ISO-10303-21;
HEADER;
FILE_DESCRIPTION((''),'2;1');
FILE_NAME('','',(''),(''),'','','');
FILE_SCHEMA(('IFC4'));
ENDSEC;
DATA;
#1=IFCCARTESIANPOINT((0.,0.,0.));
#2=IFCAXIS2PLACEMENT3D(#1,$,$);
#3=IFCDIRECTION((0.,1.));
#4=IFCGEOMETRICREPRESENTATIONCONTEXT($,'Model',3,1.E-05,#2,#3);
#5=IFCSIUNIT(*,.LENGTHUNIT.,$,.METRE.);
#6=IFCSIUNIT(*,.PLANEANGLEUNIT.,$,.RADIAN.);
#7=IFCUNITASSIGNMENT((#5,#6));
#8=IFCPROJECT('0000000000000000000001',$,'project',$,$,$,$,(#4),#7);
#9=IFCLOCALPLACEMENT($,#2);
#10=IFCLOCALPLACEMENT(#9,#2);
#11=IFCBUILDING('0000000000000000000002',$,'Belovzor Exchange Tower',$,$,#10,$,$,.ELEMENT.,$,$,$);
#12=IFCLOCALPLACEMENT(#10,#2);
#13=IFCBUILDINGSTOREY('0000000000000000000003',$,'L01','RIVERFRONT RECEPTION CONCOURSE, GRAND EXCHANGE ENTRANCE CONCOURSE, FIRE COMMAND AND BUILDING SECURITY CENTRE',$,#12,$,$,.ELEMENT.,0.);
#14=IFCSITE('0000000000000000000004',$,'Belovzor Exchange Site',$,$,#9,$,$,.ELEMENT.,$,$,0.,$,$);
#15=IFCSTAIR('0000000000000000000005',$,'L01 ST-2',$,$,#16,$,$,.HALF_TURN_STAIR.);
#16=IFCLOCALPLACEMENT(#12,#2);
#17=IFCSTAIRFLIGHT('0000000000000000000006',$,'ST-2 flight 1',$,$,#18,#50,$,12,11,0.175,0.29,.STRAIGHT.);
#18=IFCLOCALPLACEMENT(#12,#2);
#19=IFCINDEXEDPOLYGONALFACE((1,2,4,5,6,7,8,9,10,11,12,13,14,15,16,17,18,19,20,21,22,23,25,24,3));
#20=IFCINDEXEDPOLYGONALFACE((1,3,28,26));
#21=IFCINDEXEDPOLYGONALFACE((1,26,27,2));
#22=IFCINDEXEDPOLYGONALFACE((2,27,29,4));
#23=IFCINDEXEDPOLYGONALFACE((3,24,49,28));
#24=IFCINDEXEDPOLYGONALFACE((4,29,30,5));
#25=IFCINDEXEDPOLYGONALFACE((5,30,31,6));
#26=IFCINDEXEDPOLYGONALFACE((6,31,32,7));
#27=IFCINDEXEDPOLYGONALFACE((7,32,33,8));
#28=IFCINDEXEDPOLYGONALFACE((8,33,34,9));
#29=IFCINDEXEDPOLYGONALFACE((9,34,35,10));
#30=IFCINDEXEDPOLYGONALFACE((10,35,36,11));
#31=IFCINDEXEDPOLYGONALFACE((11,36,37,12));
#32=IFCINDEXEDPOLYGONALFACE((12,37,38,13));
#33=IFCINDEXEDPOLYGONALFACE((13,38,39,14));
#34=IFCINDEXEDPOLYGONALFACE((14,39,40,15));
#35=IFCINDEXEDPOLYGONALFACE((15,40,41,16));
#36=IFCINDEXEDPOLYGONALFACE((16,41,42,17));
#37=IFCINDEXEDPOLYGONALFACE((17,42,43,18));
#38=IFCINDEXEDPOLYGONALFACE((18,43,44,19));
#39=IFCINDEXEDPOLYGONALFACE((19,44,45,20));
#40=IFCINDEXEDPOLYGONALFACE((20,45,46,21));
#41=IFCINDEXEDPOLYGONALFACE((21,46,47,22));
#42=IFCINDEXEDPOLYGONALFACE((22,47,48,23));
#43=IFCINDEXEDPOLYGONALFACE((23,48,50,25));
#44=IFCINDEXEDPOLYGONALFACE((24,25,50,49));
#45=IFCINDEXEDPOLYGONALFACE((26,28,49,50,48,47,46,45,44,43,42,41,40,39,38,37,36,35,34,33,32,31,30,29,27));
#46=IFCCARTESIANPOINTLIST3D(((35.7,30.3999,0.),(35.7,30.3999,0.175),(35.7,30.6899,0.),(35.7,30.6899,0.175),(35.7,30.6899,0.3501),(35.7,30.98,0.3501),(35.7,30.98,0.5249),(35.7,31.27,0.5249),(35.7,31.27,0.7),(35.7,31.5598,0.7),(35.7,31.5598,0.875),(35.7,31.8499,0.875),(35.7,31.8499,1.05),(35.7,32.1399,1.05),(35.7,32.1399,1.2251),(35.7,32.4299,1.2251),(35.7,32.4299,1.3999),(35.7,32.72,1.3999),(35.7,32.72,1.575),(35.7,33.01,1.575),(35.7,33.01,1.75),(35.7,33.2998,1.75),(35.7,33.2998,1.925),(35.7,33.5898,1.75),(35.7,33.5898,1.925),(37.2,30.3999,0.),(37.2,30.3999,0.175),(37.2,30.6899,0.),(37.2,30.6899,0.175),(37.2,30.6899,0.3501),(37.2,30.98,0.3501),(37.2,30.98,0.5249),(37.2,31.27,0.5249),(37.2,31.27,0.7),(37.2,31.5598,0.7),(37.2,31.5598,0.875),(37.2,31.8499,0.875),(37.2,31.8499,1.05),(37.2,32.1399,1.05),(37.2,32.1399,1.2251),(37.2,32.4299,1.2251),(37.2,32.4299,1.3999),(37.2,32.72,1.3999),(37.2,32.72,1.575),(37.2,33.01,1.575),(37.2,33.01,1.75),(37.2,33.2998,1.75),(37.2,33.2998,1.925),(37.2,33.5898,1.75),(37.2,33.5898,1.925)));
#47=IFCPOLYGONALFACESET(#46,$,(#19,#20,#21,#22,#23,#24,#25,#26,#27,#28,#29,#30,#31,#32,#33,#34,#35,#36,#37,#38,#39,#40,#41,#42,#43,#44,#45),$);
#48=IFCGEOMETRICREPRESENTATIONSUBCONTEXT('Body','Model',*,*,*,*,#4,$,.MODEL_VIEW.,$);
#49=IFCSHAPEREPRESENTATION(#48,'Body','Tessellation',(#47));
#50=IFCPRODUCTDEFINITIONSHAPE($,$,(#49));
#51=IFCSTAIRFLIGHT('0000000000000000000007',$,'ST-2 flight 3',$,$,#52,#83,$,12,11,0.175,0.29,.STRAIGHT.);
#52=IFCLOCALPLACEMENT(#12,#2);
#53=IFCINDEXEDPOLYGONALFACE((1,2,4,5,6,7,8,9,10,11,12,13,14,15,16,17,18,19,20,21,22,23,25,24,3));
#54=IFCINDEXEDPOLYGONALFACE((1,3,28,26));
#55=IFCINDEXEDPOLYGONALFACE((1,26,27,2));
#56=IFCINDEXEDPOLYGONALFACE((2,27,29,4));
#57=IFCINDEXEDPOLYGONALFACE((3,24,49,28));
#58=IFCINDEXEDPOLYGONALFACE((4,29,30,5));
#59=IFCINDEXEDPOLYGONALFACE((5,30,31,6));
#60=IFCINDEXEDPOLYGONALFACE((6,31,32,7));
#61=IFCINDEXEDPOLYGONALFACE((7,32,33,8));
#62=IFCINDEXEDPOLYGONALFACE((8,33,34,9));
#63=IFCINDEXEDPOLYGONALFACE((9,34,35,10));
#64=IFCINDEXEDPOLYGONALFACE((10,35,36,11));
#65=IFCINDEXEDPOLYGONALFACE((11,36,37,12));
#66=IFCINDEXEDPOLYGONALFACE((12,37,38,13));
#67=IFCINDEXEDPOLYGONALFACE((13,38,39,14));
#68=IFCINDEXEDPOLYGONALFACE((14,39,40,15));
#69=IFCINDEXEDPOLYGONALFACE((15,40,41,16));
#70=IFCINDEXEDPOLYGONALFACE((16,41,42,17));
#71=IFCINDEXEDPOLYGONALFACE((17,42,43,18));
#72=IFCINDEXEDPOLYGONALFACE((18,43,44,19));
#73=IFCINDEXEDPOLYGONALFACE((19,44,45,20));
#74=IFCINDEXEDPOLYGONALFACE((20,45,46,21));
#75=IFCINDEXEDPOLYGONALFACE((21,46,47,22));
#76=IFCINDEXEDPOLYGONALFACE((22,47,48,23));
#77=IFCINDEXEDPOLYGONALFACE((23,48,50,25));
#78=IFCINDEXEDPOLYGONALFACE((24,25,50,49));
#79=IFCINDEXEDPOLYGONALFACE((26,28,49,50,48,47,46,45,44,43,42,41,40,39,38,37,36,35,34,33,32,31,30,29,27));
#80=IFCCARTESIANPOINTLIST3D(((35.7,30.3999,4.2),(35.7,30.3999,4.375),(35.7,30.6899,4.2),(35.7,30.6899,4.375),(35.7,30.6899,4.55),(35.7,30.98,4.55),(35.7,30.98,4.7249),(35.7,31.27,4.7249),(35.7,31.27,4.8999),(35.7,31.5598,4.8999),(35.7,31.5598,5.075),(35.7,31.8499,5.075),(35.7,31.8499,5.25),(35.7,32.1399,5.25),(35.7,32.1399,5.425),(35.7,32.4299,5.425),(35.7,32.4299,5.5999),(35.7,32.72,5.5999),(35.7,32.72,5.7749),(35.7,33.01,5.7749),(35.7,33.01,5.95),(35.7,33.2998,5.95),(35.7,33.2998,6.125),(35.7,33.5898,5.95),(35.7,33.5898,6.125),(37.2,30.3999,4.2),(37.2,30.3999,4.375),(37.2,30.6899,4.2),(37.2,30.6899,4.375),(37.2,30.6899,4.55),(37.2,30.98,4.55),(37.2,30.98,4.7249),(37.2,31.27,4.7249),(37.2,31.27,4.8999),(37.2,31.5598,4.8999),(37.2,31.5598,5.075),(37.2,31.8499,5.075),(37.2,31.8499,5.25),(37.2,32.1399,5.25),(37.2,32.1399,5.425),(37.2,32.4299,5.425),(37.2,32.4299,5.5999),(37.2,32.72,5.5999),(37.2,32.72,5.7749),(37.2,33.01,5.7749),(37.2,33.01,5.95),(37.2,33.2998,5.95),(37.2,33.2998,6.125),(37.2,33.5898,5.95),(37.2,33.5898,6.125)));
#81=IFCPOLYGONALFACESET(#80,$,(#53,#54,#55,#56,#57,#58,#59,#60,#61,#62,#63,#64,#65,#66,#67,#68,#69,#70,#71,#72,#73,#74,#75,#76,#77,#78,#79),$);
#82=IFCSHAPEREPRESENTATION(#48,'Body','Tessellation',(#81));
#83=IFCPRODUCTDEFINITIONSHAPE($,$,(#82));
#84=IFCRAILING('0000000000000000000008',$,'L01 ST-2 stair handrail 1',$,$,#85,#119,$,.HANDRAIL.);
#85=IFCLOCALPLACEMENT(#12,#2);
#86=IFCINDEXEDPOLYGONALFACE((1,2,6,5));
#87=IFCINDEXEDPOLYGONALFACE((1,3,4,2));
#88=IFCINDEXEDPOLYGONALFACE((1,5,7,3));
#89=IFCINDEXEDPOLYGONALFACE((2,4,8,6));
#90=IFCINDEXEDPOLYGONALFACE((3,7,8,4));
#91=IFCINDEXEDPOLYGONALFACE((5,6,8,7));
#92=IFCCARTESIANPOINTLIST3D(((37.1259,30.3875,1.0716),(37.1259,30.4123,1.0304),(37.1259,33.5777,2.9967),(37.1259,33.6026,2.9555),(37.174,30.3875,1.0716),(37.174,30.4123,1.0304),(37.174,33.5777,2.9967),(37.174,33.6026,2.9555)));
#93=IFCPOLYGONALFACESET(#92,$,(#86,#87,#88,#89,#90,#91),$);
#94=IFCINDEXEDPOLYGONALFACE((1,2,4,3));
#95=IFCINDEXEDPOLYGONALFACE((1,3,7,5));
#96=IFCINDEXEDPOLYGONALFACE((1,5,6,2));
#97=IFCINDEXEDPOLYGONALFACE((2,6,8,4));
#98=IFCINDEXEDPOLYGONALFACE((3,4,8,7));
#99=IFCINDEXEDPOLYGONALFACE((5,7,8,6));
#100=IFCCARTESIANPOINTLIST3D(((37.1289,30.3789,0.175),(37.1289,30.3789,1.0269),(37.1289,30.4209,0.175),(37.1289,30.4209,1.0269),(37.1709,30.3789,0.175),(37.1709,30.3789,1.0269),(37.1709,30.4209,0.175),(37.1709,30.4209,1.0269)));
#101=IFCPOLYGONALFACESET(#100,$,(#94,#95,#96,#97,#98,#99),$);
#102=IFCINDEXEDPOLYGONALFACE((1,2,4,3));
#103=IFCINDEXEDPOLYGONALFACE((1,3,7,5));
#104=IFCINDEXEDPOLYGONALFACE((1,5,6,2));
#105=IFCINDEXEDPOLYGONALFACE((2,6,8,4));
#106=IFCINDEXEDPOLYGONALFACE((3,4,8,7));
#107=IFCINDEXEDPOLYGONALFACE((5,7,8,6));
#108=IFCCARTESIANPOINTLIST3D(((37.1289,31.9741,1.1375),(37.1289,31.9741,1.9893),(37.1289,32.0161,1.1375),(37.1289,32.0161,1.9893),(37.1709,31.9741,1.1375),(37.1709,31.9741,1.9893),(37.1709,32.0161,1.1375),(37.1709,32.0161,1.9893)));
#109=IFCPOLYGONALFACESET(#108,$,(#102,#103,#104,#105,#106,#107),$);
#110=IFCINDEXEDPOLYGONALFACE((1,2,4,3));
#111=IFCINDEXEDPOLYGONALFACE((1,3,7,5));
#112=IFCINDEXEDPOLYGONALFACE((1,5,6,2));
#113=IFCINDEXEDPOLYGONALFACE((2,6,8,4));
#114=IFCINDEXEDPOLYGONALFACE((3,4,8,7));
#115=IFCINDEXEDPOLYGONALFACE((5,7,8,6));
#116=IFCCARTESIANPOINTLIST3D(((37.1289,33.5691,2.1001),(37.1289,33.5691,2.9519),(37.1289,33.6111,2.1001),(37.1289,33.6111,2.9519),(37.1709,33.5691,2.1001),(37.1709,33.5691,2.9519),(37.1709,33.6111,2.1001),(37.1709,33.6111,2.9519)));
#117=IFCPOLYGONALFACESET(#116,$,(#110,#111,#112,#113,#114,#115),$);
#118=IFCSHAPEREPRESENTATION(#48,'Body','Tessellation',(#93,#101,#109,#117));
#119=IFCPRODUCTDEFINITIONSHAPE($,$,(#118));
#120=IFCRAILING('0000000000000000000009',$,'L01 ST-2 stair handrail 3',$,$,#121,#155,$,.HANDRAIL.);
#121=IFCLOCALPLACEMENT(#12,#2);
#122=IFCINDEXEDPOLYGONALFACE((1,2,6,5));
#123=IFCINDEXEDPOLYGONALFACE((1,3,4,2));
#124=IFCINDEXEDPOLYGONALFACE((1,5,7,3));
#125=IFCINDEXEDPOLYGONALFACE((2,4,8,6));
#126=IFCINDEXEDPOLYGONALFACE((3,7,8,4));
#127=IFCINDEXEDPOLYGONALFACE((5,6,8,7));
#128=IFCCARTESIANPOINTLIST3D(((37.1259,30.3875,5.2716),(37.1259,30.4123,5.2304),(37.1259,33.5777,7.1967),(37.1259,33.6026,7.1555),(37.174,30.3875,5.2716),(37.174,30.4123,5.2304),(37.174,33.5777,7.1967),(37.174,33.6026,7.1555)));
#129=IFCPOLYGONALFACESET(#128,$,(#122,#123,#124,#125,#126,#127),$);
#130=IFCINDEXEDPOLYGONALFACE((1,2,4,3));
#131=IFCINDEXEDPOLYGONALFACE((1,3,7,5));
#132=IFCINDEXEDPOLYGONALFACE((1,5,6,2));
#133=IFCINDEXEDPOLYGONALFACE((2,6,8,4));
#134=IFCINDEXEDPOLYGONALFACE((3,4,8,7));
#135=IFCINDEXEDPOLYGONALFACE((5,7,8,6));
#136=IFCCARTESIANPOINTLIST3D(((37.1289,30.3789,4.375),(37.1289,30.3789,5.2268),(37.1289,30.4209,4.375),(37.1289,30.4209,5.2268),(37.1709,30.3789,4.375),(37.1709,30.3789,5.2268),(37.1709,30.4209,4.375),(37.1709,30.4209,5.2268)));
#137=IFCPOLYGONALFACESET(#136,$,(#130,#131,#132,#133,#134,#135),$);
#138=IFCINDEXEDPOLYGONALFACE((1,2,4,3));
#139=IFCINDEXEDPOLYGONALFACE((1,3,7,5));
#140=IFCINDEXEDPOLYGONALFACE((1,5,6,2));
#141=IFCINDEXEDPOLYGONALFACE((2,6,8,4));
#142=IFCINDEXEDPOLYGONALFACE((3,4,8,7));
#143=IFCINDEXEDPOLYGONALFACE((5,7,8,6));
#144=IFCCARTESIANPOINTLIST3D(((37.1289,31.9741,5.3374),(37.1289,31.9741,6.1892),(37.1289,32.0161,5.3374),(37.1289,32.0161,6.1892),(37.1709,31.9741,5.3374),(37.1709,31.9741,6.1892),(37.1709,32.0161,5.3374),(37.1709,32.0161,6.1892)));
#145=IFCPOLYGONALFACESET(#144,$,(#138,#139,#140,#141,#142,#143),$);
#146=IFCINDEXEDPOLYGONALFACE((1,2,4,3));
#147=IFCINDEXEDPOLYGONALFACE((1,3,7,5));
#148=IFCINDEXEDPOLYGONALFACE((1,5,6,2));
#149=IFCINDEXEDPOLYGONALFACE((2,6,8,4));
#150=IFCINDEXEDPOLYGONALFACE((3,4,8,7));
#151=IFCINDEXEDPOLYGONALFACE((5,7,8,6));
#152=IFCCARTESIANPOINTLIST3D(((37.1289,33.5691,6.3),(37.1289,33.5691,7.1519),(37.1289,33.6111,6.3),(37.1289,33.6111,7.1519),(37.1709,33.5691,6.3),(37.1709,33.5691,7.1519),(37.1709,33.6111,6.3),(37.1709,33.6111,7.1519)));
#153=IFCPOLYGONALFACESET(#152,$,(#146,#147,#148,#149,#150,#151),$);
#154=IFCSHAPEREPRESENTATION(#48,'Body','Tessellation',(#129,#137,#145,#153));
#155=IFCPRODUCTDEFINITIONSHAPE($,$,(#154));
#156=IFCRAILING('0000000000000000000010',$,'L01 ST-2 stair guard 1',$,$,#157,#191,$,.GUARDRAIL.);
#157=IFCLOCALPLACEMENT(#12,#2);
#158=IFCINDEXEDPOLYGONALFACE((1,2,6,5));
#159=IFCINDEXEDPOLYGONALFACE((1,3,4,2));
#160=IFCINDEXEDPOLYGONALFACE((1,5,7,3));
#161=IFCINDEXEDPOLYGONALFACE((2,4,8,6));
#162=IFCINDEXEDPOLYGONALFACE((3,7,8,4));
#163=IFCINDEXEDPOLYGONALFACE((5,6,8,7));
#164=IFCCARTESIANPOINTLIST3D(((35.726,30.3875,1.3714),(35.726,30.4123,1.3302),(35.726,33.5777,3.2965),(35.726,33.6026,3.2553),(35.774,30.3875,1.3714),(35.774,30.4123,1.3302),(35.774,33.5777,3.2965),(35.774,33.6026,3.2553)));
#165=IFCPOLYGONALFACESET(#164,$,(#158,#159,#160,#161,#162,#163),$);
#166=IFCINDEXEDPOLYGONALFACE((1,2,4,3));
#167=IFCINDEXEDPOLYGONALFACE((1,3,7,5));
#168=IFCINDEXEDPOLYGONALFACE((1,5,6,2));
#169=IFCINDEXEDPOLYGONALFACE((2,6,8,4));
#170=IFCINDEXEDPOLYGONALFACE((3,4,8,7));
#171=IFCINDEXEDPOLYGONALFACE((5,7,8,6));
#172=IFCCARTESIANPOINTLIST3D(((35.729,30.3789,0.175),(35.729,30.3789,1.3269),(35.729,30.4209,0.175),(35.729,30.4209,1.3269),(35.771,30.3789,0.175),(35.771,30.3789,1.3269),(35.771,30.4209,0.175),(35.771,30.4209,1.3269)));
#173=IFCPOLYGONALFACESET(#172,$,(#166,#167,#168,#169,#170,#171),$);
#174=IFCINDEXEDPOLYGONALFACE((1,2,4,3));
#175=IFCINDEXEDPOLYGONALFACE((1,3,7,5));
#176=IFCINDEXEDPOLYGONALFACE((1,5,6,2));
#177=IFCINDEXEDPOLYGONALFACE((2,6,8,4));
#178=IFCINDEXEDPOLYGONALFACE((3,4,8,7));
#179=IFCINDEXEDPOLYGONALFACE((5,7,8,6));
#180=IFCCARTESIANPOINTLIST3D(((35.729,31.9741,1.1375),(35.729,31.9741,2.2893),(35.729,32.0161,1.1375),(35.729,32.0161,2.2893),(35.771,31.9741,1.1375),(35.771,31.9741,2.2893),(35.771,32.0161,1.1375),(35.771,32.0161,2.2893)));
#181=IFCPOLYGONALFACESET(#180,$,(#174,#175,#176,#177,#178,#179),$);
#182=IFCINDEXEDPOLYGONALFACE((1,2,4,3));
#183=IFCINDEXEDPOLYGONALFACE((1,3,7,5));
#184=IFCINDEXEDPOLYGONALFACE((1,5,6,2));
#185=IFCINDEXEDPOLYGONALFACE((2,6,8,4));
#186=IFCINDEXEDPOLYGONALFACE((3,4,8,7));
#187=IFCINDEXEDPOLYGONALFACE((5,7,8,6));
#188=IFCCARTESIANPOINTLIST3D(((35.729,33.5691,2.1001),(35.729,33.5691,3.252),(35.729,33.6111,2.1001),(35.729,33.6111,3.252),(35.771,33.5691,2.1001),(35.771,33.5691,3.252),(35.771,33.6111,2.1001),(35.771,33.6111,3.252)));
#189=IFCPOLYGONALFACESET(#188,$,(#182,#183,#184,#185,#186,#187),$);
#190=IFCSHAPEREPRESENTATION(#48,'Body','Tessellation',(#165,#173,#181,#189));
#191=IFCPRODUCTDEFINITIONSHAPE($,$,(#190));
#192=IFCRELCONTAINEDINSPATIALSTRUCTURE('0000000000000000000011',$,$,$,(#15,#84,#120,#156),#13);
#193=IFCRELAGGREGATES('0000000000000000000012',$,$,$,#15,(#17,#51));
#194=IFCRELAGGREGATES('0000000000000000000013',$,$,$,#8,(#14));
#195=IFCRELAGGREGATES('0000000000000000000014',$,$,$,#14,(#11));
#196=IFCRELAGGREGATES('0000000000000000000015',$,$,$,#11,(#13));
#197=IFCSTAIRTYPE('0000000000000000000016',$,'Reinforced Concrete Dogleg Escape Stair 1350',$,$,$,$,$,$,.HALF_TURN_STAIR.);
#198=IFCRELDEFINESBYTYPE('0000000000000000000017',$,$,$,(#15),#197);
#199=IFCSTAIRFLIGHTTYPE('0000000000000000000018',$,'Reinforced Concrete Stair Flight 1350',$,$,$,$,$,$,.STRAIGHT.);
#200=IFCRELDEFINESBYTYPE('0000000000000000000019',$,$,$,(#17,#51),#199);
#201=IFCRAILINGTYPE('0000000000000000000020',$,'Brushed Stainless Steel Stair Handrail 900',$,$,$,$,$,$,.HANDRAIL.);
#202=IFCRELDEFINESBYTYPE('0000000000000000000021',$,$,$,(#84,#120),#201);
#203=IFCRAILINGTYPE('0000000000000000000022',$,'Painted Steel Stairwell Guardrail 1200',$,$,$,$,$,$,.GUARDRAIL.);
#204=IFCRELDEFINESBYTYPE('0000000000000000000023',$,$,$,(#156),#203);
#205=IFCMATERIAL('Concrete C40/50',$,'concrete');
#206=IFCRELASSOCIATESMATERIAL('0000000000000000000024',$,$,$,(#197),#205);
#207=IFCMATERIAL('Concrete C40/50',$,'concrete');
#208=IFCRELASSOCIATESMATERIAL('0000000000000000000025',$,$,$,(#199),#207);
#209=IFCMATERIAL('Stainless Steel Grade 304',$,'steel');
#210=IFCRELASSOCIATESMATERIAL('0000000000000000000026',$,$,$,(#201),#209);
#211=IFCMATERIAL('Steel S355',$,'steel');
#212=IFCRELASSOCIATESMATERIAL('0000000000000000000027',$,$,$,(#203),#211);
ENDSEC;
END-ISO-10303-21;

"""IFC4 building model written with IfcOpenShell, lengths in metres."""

from ifc_helpers import new_model, si_unit, direction, frame, origin, origin_2d, place, context, subcontext, project, spatial, polyline, rectangle, outline, extrude, material, type_object, element, aggregate, save


model = new_model("IFC4")

# Units and contexts
model_context = context("Model", 3, precision=1e-05, world=origin(), true_north=direction((0.0, 1.0)))
body_context = subcontext(model_context, "Body", "Model", "MODEL_VIEW")
ifc_project = project(units=[si_unit("LENGTHUNIT", "METRE"), si_unit("PLANEANGLEUNIT", "RADIAN")], contexts=[model_context])

# Site, building, storey
site_placement = place(None, origin())
site = spatial("IfcSite", under=ifc_project, at=site_placement, Name="Belovzor Exchange Site", CompositionType="ELEMENT", RefElevation=0.0)
building_placement = place(site_placement, origin())
building = spatial("IfcBuilding", under=site, at=building_placement, Name="Belovzor Exchange Tower", CompositionType="ELEMENT")
storey_placement = place(building_placement, origin())
storey = spatial("IfcBuildingStorey", under=building, at=storey_placement, Name="L01", Description="RIVERFRONT RECEPTION CONCOURSE, GRAND EXCHANGE ENTRANCE CONCOURSE, FIRE COMMAND AND BUILDING SECURITY CENTRE", CompositionType="ELEMENT", Elevation=0.0)

# Stair, stair flights
ifc_material_1 = material(Name="Concrete C40/50", Category="concrete")
stair_type = type_object("IfcStairType", Name="Reinforced Concrete Dogleg Escape Stair 1350", PredefinedType="HALF_TURN_STAIR", material=ifc_material_1)
stair_placement = place(storey_placement, origin())
stair = element("IfcStair", 1, at=stair_placement, inside=storey, type_object=stair_type, Name="L01 ST-2", PredefinedType="HALF_TURN_STAIR")
ifc_material_2 = material(Name="Concrete C40/50", Category="concrete")
stair_flight_type = type_object("IfcStairFlightType", Name="Reinforced Concrete Stair Flight 1350", PredefinedType="STRAIGHT", material=ifc_material_2)
stair_flight_1_placement = place(storey_placement, frame((36.45, 30.3999, 0.0), z_axis=(0.0, 0.0, 1.0), x_axis=(0.0, 1.0, 0.0)))
stair_flight_1 = element("IfcStairFlight", 2, at=stair_flight_1_placement, type_object=stair_flight_type, Name="ST-2 flight 1", NumberOfRisers=12, NumberOfTreads=11, PredefinedType="STRAIGHT", RiserHeight=0.175, TreadLength=0.29, context=body_context, shape_type="SweptSolid", body=[
    extrude(outline(polyline([(0.0, 0.0), (0.0, 0.175), (0.29, 0.175), (0.29, 0.3501), (0.5801, 0.3501), (0.5801, 0.5249), (0.8701, 0.5249), (0.8701, 0.7), (1.1599, 0.7), (1.1599, 0.875), (1.45, 0.875), (1.45, 1.05), (1.74, 1.05), (1.74, 1.2251), (2.03, 1.2251), (2.03, 1.3999), (2.3201, 1.3999), (2.3201, 1.575), (2.6101, 1.575), (2.6101, 1.75), (2.8999, 1.75), (2.8999, 1.925), (3.1899, 1.925), (3.1899, 2.1001), (3.1899, 1.75), (0.29, 0.0), (0.0, 0.0)])), frame((0.0, 0.75, 0.0), z_axis=(0.0, -1.0, 0.0), x_axis=(1.0, 0.0, 0.0)), (0.0, 0.0, 1.0), 1.5),
])
stair_flight_2_placement = place(storey_placement, frame((36.45, 30.3999, 4.2), z_axis=(0.0, 0.0, 1.0), x_axis=(0.0, 1.0, 0.0)))
stair_flight_2 = element("IfcStairFlight", 3, at=stair_flight_2_placement, type_object=stair_flight_type, Name="ST-2 flight 3", NumberOfRisers=12, NumberOfTreads=11, PredefinedType="STRAIGHT", RiserHeight=0.175, TreadLength=0.29, context=body_context, shape_type="SweptSolid", body=[
    extrude(outline(polyline([(0.0, 0.0), (0.0, 0.175), (0.29, 0.175), (0.29, 0.3501), (0.5801, 0.3501), (0.5801, 0.5249), (0.8701, 0.5249), (0.8701, 0.7), (1.1599, 0.7), (1.1599, 0.875), (1.45, 0.875), (1.45, 1.05), (1.74, 1.05), (1.74, 1.2251), (2.03, 1.2251), (2.03, 1.3999), (2.3201, 1.3999), (2.3201, 1.575), (2.6101, 1.575), (2.6101, 1.75), (2.8999, 1.75), (2.8999, 1.925), (3.1899, 1.925), (3.1899, 2.1001), (3.1899, 1.75), (0.29, 0.0), (0.0, 0.0)])), frame((0.0, 0.75, 0.0), z_axis=(0.0, -1.0, 0.0), x_axis=(1.0, 0.0, 0.0)), (0.0, 0.0, 1.0), 1.5),
])
aggregate(stair, [stair_flight_1, stair_flight_2])

# Railings
ifc_material_3 = material(Name="Stainless Steel Grade 304", Category="steel")
railing_type_1 = type_object("IfcRailingType", Name="Brushed Stainless Steel Stair Handrail 900", PredefinedType="HANDRAIL", material=ifc_material_3)
for number, where, name in (
    (4, (37.1499, 30.3999, 0.175), "L01 ST-2 stair handrail 1"),
    (5, (37.1499, 30.3999, 4.375), "L01 ST-2 stair handrail 3"),
):
    element("IfcRailing", number, at=place(storey_placement, frame(where)), inside=storey, type_object=railing_type_1, Name=name, PredefinedType="HANDRAIL", context=body_context, shape_type="SweptSolid", body=[
        extrude(rectangle(XDim=0.0481, YDim=0.0481, at=origin_2d()), frame((0.0, 0.0, 0.876), z_axis=(0.0, 0.856195, 0.516653), x_axis=(-1.0, 0.0, 0.0)), (0.0, 0.0, 1.0), 3.7261),
        extrude(rectangle(XDim=0.042, YDim=0.042, at=origin_2d()), origin(), (0.0, 0.0, 1.0), 0.8518),
        extrude(rectangle(XDim=0.042, YDim=0.042, at=origin_2d()), frame((0.0, 1.5952, 0.9624)), (0.0, 0.0, 1.0), 0.8518),
        extrude(rectangle(XDim=0.042, YDim=0.042, at=origin_2d()), frame((0.0, 3.1902, 1.925)), (0.0, 0.0, 1.0), 0.8518),
    ])
ifc_material_4 = material(Name="Steel S355", Category="steel")
railing_type_2 = type_object("IfcRailingType", Name="Painted Steel Stairwell Guardrail 1200", PredefinedType="GUARDRAIL", material=ifc_material_4)
railing_1_placement = place(storey_placement, frame((35.75, 30.3999, 0.175)))
element("IfcRailing", 6, at=railing_1_placement, inside=storey, type_object=railing_type_2, Name="L01 ST-2 stair guard 1", PredefinedType="GUARDRAIL", context=body_context, shape_type="SweptSolid", body=[
    extrude(rectangle(XDim=0.0481, YDim=0.0481, at=origin_2d()), frame((0.0, 0.0, 1.1758), z_axis=(0.0, 0.856195, 0.516653), x_axis=(-1.0, 0.0, 0.0)), (0.0, 0.0, 1.0), 3.7261),
    extrude(rectangle(XDim=0.042, YDim=0.042, at=origin_2d()), origin(), (0.0, 0.0, 1.0), 1.1519),
    extrude(rectangle(XDim=0.042, YDim=0.042, at=origin_2d()), frame((0.0, 1.5952, 0.9624)), (0.0, 0.0, 1.0), 1.1519),
    extrude(rectangle(XDim=0.042, YDim=0.042, at=origin_2d()), frame((0.0, 3.1902, 1.925)), (0.0, 0.0, 1.0), 1.1519),
])

save(model, "model.ifc")
